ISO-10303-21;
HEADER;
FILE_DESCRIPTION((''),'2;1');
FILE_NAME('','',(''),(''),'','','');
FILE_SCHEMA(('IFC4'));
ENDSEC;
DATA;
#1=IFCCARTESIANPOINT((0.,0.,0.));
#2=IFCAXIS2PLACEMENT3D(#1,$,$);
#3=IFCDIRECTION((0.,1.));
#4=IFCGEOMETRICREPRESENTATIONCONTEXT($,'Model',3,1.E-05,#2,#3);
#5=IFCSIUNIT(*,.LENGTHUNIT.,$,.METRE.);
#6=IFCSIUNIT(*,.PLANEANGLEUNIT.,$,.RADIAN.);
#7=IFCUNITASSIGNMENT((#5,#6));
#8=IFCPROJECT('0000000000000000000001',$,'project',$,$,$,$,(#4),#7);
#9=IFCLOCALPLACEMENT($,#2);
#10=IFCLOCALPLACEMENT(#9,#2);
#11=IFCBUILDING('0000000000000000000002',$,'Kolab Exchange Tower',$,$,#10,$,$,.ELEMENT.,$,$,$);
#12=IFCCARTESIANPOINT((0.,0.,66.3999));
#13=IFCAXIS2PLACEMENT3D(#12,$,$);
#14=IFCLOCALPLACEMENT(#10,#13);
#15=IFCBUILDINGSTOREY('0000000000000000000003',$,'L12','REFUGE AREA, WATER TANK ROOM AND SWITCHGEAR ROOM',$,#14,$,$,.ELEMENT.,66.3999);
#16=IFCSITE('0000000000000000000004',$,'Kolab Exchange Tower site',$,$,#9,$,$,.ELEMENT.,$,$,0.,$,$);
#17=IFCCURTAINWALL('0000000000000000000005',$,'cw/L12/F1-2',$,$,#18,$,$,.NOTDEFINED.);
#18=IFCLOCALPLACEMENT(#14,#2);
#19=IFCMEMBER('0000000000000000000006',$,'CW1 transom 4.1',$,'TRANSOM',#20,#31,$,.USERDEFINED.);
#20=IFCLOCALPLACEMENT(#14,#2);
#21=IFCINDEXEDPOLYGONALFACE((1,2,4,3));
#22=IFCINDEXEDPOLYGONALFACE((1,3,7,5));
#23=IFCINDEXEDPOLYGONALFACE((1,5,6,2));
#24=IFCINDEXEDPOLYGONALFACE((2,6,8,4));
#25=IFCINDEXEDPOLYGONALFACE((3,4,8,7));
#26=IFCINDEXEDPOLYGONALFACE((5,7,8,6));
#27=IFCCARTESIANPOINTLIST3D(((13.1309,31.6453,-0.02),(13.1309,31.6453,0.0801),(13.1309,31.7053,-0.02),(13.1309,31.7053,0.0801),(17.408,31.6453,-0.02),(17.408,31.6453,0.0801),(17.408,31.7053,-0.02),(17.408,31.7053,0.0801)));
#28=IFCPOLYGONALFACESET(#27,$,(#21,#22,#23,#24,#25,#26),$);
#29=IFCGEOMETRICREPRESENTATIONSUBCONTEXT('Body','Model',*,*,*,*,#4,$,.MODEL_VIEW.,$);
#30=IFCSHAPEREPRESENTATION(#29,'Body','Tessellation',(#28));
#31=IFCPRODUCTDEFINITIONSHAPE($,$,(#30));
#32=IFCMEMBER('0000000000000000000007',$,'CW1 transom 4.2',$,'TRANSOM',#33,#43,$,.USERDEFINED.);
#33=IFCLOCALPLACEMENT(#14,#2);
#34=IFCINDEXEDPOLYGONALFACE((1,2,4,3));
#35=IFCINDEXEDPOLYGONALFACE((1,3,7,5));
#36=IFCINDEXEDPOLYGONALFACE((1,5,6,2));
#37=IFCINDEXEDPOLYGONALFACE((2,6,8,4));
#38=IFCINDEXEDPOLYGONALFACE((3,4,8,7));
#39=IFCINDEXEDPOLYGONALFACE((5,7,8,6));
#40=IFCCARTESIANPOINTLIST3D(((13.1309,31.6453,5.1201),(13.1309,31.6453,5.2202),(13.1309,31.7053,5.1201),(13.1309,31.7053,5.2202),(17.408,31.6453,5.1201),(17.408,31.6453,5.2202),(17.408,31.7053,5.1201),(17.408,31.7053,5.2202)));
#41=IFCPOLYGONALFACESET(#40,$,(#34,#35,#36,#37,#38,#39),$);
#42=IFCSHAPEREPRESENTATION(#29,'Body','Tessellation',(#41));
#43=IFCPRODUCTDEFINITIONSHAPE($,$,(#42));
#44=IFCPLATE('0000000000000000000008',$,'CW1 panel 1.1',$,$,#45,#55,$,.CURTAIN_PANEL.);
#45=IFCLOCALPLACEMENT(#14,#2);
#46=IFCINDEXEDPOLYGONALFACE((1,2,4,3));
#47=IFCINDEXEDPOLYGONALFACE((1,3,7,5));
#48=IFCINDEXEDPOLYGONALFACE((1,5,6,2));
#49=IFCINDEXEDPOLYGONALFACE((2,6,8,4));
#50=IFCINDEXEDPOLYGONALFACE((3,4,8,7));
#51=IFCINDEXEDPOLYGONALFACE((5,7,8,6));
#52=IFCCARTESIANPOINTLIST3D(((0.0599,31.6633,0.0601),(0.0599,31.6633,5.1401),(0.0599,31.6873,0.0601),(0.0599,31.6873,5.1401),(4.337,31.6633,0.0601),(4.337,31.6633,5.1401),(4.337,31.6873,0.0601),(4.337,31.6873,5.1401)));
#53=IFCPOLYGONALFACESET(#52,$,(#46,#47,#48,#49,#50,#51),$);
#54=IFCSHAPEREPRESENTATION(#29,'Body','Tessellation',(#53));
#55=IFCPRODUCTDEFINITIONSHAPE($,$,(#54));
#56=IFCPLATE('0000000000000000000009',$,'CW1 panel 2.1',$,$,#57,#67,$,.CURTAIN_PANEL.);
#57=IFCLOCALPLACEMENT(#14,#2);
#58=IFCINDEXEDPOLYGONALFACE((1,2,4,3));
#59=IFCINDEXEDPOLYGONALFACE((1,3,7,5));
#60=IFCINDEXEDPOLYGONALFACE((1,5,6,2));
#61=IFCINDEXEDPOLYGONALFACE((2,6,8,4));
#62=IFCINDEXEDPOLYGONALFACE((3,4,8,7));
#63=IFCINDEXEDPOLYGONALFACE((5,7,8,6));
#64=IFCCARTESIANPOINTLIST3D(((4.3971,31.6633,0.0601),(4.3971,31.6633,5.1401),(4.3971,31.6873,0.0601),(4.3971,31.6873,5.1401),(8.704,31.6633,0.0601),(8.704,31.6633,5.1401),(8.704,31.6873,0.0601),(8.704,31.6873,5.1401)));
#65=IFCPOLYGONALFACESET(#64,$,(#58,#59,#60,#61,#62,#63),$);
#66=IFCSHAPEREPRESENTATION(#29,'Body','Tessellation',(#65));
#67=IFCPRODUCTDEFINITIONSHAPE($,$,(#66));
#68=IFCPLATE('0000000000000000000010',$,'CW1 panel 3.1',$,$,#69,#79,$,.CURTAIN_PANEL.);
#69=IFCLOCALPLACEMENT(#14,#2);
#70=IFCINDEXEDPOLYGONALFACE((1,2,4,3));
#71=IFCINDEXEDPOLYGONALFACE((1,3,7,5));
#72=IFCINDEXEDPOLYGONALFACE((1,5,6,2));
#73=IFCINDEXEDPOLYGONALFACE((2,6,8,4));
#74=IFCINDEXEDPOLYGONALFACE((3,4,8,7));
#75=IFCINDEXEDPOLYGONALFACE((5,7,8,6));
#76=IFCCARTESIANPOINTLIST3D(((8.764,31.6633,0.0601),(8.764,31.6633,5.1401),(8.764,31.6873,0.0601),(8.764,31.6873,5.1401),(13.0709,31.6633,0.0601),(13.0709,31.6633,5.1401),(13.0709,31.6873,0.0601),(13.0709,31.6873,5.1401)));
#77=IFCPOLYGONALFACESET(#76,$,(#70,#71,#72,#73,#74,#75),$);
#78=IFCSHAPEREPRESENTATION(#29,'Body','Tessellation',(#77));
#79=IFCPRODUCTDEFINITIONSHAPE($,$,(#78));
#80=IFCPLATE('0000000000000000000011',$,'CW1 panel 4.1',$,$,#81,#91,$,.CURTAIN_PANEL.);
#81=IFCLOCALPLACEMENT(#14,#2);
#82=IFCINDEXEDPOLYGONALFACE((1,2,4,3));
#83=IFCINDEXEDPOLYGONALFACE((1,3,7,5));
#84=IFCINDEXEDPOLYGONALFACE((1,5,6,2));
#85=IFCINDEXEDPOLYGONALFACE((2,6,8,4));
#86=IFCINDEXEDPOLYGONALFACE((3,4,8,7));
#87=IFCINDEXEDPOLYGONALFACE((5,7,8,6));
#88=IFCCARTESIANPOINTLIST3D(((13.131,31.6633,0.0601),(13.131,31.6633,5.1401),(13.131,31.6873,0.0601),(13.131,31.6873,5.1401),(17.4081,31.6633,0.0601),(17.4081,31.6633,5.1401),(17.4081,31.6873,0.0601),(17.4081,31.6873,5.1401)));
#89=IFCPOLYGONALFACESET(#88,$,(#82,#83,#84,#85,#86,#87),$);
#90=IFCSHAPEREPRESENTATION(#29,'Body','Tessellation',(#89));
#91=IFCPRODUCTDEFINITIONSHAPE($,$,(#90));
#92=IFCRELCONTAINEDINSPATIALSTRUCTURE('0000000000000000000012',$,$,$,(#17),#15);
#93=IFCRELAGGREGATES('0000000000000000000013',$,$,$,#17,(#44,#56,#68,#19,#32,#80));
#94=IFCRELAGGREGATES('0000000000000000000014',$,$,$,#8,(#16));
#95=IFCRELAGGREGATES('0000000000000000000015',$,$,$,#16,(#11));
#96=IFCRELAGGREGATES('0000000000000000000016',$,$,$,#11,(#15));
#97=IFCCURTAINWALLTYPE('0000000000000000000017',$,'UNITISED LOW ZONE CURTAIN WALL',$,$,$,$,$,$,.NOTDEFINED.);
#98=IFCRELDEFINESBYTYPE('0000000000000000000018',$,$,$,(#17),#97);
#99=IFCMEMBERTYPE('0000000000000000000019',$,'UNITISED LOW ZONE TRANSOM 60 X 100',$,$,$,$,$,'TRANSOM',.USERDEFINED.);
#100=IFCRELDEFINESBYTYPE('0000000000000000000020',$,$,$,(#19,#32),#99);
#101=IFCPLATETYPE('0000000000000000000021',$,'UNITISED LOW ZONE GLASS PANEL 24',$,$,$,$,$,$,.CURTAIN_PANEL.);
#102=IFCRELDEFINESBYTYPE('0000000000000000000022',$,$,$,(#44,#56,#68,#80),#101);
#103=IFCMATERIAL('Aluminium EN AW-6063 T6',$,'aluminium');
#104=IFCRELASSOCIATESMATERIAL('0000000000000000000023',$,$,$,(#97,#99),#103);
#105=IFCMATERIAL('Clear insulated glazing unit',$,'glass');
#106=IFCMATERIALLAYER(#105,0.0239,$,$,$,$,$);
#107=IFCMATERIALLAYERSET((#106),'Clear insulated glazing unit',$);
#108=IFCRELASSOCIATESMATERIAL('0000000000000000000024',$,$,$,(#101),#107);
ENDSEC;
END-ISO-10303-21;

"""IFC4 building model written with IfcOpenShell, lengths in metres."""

from ifc_helpers import new_model, si_unit, direction, frame, origin, origin_2d, place, context, subcontext, project, spatial, rectangle, extrude, material, layer, layer_set, material_profile, profile_set, type_object, element, aggregate, save


model = new_model("IFC4")

# Units and contexts
model_context = context("Model", 3, precision=1e-05, world=origin(), true_north=direction((0.0, 1.0)))
body_context = subcontext(model_context, "Body", "Model", "MODEL_VIEW")
ifc_project = project(units=[si_unit("LENGTHUNIT", "METRE"), si_unit("PLANEANGLEUNIT", "RADIAN")], contexts=[model_context])

# Site, building, storey
site_placement = place(None, origin())
site = spatial("IfcSite", under=ifc_project, at=site_placement, Name="Kolab Exchange Tower site", CompositionType="ELEMENT", RefElevation=0.0)
building_placement = place(site_placement, origin())
building = spatial("IfcBuilding", under=site, at=building_placement, Name="Kolab Exchange Tower", CompositionType="ELEMENT")
storey_placement = place(building_placement, frame((0.0, 0.0, 66.3999)))
storey = spatial("IfcBuildingStorey", under=building, at=storey_placement, Name="L12", Description="REFUGE AREA, WATER TANK ROOM AND SWITCHGEAR ROOM", CompositionType="ELEMENT", Elevation=66.3999)

# Curtain wall, members, plates
ifc_material_1 = material(Name="Aluminium EN AW-6063 T6", Category="aluminium")
curtain_wall_type = type_object("IfcCurtainWallType", Name="UNITISED LOW ZONE CURTAIN WALL", PredefinedType="NOTDEFINED", material=ifc_material_1)
curtain_wall_placement = place(storey_placement, origin())
curtain_wall = element("IfcCurtainWall", 1, at=curtain_wall_placement, inside=storey, type_object=curtain_wall_type, Name="cw/L12/F1-2", PredefinedType="NOTDEFINED")
ifc_material_profile_1 = material_profile(ifc_material_1, rectangle(XDim=0.0601, YDim=0.1001, at=origin_2d()), Name="RECT 60X100")
ifc_profile_set_1 = profile_set([ifc_material_profile_1], Name="Aluminium EN AW-6063 T6")
member_type_1 = type_object("IfcMemberType", Name="UNITISED LOW ZONE TRANSOM 60 X 100", ElementType="TRANSOM", PredefinedType="USERDEFINED", material=ifc_profile_set_1)
member_1_placement = place(storey_placement, frame((13.1309, 31.6753, 0.03), z_axis=(1.0, 0.0, 0.0), x_axis=(0.0, 1.0, 0.0)))
member_1 = element("IfcMember", 2, at=member_1_placement, type_object=member_type_1, Name="CW1 transom 4.1", ObjectType="TRANSOM", PredefinedType="USERDEFINED", context=body_context, shape_type="SweptSolid", body=[
    extrude(rectangle(XDim=0.0601, YDim=0.1001, at=origin_2d()), origin(), (0.0, 0.0, 1.0), 4.2771),
])
member_2_placement = place(storey_placement, frame((13.1309, 31.6753, 5.1702), z_axis=(1.0, 0.0, 0.0), x_axis=(0.0, 1.0, 0.0)))
member_2 = element("IfcMember", 3, at=member_2_placement, type_object=member_type_1, Name="CW1 transom 4.2", ObjectType="TRANSOM", PredefinedType="USERDEFINED", context=body_context, shape_type="SweptSolid", body=[
    extrude(rectangle(XDim=0.0601, YDim=0.1001, at=origin_2d()), origin(), (0.0, 0.0, 1.0), 4.2771),
])
ifc_material_2 = material(Name="Clear insulated glazing unit", Category="glass")
ifc_layer = layer(ifc_material_2, 0.0239)
ifc_layer_set = layer_set([ifc_layer], Name="Clear insulated glazing unit")
plate_type = type_object("IfcPlateType", Name="UNITISED LOW ZONE GLASS PANEL 24", PredefinedType="CURTAIN_PANEL", material=ifc_layer_set)
plate_1_placement = place(storey_placement, frame((2.1985, 31.6753, 0.0601), z_axis=(0.0, 0.0, 1.0), x_axis=(1.0, 0.0, 0.0)))
plate_1 = element("IfcPlate", 4, at=plate_1_placement, type_object=plate_type, Name="CW1 panel 1.1", PredefinedType="CURTAIN_PANEL", context=body_context, shape_type="SweptSolid", body=[
    extrude(rectangle(XDim=4.2771, YDim=0.0239, at=origin_2d()), origin(), (0.0, 0.0, 1.0), 5.0801),
])
plate_2_placement = place(storey_placement, frame((6.5505, 31.6753, 0.0601), z_axis=(0.0, 0.0, 1.0), x_axis=(1.0, 0.0, 0.0)))
plate_2 = element("IfcPlate", 5, at=plate_2_placement, type_object=plate_type, Name="CW1 panel 2.1", PredefinedType="CURTAIN_PANEL", context=body_context, shape_type="SweptSolid", body=[
    extrude(rectangle(XDim=4.3069, YDim=0.0239, at=origin_2d()), origin(), (0.0, 0.0, 1.0), 5.0801),
])
plate_3_placement = place(storey_placement, frame((10.9175, 31.6753, 0.0601), z_axis=(0.0, 0.0, 1.0), x_axis=(1.0, 0.0, 0.0)))
plate_3 = element("IfcPlate", 6, at=plate_3_placement, type_object=plate_type, Name="CW1 panel 3.1", PredefinedType="CURTAIN_PANEL", context=body_context, shape_type="SweptSolid", body=[
    extrude(rectangle(XDim=4.3069, YDim=0.0239, at=origin_2d()), origin(), (0.0, 0.0, 1.0), 5.0801),
])
plate_4_placement = place(storey_placement, frame((15.2695, 31.6753, 0.0601), z_axis=(0.0, 0.0, 1.0), x_axis=(1.0, 0.0, 0.0)))
plate_4 = element("IfcPlate", 7, at=plate_4_placement, type_object=plate_type, Name="CW1 panel 4.1", PredefinedType="CURTAIN_PANEL", context=body_context, shape_type="SweptSolid", body=[
    extrude(rectangle(XDim=4.2771, YDim=0.0239, at=origin_2d()), origin(), (0.0, 0.0, 1.0), 5.0801),
])
aggregate(curtain_wall, [plate_1, plate_2, plate_3, member_1, member_2, plate_4])

save(model, "model.ifc")
